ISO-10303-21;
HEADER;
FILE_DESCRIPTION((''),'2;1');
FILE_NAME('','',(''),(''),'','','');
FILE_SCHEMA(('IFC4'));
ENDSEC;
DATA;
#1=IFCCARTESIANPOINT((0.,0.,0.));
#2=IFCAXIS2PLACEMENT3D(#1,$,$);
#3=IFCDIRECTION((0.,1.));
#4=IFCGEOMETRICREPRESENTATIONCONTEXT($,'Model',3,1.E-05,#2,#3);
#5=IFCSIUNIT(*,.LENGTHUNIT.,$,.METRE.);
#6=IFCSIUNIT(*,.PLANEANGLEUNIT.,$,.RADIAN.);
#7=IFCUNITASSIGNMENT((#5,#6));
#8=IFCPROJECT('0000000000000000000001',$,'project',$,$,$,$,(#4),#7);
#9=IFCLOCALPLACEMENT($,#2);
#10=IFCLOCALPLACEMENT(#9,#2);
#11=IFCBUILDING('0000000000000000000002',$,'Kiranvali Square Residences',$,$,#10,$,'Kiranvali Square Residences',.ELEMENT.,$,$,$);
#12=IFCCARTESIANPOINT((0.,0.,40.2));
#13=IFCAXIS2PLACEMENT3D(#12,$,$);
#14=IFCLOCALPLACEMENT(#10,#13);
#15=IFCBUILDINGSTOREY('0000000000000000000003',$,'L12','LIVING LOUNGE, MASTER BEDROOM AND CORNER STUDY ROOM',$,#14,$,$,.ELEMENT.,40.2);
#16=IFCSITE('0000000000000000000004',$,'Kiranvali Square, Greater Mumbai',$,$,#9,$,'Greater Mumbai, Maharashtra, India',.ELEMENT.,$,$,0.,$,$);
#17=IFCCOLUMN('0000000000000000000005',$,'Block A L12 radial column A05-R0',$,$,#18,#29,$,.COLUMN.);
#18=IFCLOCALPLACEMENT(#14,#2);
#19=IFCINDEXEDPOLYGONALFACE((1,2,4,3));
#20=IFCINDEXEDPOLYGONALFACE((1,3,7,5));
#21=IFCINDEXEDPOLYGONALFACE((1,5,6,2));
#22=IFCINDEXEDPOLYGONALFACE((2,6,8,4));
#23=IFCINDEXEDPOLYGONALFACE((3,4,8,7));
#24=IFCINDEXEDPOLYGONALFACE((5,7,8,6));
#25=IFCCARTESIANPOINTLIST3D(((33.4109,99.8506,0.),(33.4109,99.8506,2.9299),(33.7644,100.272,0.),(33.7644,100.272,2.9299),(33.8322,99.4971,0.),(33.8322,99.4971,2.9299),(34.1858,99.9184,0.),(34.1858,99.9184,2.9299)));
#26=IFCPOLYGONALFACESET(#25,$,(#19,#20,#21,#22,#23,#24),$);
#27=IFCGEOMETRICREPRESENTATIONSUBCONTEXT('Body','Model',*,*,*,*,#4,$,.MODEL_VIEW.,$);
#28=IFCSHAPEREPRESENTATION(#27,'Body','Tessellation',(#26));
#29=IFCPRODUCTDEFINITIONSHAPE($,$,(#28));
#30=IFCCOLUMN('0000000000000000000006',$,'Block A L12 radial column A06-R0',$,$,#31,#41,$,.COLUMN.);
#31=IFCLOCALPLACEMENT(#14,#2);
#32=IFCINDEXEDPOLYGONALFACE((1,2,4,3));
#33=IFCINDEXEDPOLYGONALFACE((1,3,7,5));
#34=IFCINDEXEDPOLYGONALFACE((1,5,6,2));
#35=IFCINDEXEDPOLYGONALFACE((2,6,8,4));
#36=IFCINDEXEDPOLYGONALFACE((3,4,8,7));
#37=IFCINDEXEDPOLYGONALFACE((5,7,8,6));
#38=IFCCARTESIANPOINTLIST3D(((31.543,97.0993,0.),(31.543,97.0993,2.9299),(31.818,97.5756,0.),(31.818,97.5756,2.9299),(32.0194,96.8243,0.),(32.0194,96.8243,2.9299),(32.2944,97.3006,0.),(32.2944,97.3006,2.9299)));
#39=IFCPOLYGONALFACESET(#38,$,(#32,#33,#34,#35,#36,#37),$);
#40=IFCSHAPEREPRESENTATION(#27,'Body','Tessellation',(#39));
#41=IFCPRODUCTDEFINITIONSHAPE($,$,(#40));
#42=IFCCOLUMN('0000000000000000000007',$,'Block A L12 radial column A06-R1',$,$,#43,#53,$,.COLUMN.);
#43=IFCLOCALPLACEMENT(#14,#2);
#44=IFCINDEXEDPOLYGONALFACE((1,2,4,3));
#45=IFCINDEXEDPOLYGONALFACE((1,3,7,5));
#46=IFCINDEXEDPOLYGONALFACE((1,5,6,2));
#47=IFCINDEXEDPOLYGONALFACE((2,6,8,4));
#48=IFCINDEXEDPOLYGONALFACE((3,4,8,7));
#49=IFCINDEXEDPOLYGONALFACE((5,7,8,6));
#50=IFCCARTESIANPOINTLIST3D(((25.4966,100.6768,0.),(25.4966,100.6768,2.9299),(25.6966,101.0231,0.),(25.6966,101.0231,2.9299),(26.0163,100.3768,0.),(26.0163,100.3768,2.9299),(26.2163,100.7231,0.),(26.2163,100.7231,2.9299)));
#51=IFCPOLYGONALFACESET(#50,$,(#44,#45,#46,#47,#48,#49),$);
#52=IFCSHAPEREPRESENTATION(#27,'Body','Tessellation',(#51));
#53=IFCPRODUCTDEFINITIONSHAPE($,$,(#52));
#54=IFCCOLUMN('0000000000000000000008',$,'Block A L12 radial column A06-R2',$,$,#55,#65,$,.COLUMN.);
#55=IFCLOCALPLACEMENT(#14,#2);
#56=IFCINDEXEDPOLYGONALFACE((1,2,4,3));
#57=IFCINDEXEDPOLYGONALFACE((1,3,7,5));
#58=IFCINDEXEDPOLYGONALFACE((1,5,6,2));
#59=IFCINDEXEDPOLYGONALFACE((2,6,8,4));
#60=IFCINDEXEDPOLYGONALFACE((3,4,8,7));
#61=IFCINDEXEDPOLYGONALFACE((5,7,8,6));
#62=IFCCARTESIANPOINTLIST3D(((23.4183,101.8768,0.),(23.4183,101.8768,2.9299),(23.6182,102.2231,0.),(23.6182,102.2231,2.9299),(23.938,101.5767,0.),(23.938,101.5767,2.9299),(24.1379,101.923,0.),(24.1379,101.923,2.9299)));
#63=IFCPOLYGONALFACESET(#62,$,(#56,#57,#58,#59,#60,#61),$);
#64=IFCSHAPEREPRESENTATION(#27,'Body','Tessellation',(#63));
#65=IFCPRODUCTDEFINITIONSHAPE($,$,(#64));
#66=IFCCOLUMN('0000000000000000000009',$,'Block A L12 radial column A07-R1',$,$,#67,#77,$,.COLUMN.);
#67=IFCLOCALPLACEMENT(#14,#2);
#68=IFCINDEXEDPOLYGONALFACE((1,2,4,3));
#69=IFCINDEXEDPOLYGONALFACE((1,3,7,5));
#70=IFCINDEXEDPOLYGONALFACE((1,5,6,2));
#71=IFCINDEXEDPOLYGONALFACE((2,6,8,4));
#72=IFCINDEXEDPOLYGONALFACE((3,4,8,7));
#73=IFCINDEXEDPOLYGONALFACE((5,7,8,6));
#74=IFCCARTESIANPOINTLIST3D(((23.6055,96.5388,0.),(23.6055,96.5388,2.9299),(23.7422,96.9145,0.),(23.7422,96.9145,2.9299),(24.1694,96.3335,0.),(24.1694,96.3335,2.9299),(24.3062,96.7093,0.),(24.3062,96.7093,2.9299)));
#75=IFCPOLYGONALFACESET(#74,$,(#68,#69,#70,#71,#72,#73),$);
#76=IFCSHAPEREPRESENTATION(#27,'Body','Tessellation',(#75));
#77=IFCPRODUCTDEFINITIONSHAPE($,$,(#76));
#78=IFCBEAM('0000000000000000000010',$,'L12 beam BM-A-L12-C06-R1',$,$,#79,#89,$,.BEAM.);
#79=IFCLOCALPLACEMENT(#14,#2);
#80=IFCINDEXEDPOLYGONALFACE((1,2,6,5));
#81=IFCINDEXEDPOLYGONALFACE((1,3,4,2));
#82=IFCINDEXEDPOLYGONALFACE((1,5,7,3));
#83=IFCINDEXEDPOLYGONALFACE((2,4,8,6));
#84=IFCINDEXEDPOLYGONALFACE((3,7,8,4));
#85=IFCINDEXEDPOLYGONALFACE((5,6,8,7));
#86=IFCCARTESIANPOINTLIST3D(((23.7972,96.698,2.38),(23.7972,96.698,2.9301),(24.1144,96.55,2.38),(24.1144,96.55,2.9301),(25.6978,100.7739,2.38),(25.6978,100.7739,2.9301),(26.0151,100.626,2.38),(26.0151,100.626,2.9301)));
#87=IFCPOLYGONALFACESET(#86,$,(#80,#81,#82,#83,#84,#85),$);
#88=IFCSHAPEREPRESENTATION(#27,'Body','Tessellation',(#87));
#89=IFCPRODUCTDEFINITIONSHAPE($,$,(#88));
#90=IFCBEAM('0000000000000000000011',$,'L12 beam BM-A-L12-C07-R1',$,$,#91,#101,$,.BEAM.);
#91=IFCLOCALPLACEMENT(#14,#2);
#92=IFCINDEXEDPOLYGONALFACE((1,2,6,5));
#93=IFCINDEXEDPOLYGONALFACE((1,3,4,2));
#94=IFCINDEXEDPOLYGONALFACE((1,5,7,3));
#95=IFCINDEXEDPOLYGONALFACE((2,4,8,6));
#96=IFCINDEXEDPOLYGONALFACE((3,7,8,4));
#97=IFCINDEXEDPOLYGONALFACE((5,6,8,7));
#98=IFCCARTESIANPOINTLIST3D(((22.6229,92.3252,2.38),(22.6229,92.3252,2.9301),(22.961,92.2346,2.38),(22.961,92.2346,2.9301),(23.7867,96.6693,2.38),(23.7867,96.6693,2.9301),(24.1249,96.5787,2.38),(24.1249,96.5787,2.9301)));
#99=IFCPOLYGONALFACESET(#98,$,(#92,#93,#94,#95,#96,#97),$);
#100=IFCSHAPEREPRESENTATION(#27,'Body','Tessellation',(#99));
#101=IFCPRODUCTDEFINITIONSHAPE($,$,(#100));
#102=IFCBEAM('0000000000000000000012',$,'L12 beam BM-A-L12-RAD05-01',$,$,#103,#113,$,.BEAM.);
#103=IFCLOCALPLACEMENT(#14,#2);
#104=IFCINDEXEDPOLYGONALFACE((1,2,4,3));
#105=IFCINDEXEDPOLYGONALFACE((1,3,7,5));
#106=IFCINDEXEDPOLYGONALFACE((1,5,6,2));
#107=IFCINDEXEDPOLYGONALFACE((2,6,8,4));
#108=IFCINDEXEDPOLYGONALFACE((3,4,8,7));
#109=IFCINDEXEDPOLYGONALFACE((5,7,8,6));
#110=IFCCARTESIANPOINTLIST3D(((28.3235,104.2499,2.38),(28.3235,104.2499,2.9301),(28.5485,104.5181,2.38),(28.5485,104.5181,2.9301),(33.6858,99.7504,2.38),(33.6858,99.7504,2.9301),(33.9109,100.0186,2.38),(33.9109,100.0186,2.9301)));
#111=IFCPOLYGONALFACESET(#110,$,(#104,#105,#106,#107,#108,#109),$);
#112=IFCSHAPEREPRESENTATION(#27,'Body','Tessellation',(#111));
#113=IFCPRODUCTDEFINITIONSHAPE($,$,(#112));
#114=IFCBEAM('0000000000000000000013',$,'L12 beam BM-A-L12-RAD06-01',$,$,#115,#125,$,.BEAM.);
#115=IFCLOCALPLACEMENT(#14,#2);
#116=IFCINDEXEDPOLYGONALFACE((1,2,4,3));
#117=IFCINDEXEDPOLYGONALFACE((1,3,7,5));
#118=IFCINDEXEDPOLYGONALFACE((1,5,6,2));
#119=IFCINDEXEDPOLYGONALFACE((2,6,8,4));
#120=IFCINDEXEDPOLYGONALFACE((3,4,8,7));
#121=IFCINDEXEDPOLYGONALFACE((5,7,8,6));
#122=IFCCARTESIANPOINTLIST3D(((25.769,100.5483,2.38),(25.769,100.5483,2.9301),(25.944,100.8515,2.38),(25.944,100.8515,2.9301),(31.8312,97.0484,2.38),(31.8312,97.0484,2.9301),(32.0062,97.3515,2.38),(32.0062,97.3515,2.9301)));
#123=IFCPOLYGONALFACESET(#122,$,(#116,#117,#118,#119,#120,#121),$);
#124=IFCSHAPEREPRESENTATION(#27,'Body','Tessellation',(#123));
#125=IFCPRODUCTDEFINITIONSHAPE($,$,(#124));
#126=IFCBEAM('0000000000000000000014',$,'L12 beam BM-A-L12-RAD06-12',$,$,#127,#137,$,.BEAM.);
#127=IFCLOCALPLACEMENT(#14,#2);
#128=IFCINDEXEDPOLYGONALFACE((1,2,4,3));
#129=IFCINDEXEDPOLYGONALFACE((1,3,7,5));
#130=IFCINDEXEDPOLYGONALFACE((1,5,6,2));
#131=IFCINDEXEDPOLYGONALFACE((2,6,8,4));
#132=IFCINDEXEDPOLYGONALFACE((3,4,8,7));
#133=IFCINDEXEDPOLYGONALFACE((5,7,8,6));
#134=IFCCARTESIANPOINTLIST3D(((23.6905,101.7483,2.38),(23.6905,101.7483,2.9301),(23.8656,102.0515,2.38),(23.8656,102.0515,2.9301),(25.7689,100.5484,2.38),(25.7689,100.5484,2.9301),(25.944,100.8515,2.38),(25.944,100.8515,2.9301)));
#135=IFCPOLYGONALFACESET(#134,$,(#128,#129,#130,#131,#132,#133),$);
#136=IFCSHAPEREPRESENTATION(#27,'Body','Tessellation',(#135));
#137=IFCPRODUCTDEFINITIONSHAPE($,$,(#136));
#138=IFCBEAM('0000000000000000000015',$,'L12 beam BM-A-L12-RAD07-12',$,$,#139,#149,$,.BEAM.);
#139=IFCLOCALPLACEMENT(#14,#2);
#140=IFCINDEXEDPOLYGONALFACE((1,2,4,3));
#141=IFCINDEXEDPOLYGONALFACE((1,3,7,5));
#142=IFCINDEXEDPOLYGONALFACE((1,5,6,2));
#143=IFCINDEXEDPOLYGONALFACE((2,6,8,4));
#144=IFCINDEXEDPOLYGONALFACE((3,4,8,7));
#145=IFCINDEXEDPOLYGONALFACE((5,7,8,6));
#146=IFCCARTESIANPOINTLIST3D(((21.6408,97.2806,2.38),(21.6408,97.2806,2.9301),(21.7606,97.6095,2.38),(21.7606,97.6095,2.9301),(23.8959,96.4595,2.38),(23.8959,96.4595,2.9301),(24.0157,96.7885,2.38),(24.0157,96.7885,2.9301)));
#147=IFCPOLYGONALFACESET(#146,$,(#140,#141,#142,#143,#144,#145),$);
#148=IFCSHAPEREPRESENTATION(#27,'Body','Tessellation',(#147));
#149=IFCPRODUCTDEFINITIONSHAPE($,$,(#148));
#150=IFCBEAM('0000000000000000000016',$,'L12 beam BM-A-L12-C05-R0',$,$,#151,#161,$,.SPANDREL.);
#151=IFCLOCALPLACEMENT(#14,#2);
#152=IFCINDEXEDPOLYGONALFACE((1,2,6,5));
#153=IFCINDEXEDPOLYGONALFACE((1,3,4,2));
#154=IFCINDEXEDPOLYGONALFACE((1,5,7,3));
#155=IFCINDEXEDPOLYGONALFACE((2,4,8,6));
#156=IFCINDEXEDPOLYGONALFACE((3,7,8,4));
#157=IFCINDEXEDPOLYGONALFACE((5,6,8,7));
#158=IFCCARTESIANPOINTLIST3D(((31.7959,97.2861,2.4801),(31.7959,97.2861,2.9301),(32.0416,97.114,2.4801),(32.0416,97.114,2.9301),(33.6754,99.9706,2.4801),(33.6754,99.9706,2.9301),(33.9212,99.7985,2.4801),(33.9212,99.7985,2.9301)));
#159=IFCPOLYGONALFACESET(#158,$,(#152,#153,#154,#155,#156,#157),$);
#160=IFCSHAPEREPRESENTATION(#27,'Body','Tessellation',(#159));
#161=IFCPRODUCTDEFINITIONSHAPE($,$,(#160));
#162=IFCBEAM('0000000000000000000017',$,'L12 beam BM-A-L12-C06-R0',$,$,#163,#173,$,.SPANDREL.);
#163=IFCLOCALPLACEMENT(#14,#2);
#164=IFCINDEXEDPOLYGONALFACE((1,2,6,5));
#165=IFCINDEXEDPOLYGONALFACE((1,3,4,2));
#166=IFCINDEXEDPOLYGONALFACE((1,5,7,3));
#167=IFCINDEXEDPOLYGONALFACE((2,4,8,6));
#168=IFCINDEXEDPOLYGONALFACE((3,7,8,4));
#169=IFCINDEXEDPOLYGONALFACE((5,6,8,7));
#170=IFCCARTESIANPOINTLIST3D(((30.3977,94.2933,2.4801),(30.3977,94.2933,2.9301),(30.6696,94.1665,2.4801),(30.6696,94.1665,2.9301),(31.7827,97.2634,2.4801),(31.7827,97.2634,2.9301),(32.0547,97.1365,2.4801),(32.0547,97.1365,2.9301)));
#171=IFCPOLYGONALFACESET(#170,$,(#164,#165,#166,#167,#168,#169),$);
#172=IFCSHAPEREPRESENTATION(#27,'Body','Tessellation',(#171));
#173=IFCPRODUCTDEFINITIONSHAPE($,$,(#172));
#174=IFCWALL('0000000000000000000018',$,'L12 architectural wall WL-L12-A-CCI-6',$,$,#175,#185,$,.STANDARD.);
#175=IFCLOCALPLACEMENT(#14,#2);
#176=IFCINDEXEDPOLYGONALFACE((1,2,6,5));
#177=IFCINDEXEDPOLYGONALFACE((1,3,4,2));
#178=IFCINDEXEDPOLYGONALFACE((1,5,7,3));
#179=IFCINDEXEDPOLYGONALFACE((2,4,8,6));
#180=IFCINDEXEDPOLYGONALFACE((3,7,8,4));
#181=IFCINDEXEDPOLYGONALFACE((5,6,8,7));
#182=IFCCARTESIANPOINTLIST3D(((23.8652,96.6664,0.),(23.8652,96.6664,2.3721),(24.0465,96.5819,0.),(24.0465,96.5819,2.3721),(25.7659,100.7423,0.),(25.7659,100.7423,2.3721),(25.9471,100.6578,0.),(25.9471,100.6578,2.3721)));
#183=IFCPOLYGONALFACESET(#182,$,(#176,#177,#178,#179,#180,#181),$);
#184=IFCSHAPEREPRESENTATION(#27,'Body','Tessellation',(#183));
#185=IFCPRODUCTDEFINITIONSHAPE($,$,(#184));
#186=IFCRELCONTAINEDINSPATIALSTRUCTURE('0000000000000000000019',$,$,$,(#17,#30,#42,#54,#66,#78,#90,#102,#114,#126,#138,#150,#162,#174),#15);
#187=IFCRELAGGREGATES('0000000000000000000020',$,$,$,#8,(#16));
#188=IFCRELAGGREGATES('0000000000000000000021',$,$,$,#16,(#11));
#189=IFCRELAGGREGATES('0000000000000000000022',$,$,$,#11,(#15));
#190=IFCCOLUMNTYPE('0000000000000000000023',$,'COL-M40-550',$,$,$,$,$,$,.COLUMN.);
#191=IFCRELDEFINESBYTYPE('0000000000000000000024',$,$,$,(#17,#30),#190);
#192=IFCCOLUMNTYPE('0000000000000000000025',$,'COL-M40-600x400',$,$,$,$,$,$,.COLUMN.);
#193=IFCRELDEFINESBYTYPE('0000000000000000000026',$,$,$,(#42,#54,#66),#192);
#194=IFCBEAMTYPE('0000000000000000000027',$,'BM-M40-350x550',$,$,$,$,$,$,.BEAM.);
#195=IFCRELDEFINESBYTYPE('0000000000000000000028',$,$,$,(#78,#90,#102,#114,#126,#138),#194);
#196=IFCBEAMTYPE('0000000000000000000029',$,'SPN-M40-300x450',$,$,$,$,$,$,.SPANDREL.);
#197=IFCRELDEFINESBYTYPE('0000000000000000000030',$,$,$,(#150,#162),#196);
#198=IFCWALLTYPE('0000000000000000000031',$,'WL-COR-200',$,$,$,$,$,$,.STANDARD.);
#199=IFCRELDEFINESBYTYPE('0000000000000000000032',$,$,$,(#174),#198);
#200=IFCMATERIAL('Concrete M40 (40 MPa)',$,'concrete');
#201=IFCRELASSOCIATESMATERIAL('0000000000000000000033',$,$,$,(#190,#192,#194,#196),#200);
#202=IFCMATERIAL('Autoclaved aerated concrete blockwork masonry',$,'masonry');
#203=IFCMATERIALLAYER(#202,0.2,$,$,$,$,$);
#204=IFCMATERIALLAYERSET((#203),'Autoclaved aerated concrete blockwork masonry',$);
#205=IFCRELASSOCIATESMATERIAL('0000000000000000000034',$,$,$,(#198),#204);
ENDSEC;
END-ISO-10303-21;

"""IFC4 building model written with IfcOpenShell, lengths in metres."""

from ifc_helpers import new_model, si_unit, direction, frame, frame_2d, origin, origin_2d, place, context, subcontext, project, spatial, rectangle, extrude, material, layer, layer_set, material_profile, profile_set, type_object, element, save


model = new_model("IFC4")

# Units and contexts
model_context = context("Model", 3, precision=1e-05, world=origin(), true_north=direction((0.0, 1.0)))
body_context = subcontext(model_context, "Body", "Model", "MODEL_VIEW")
ifc_project = project(units=[si_unit("LENGTHUNIT", "METRE"), si_unit("PLANEANGLEUNIT", "RADIAN")], contexts=[model_context])

# Site, building, storey
site_placement = place(None, origin())
site = spatial("IfcSite", under=ifc_project, at=site_placement, Name="Kiranvali Square, Greater Mumbai", LongName="Greater Mumbai, Maharashtra, India", CompositionType="ELEMENT", RefElevation=0.0)
building_placement = place(site_placement, origin())
building = spatial("IfcBuilding", under=site, at=building_placement, Name="Kiranvali Square Residences", LongName="Kiranvali Square Residences", CompositionType="ELEMENT")
storey_placement = place(building_placement, frame((0.0, 0.0, 40.2)))
storey = spatial("IfcBuildingStorey", under=building, at=storey_placement, Name="L12", Description="LIVING LOUNGE, MASTER BEDROOM AND CORNER STUDY ROOM", CompositionType="ELEMENT", Elevation=40.2)

# Columns
ifc_material_1 = material(Name="Concrete M40 (40 MPa)", Category="concrete")
ifc_material_profile_1 = material_profile(ifc_material_1, rectangle(XDim=0.55, YDim=0.55, at=origin_2d()), Name="RC 550x550")
ifc_profile_set_1 = profile_set([ifc_material_profile_1], Name="Concrete M40 (40 MPa)")
column_type_1 = type_object("IfcColumnType", Name="COL-M40-550", PredefinedType="COLUMN", material=ifc_profile_set_1)
for number, where, z_axis, x_axis, name in (
    (1, (33.7983, 99.8845, 0.0), (0.0, 0.0, 1.0), (0.642788, 0.766044, 0.0), "Block A L12 radial column A05-R0"),
    (2, (31.9187, 97.2, 0.0), (0.0, 0.0, 1.0), (0.5, 0.866025, 0.0), "Block A L12 radial column A06-R0"),
):
    element("IfcColumn", number, at=place(storey_placement, frame(where, z_axis=z_axis, x_axis=x_axis)), inside=storey, type_object=column_type_1, Name=name, PredefinedType="COLUMN", context=body_context, shape_type="SweptSolid", body=[
        extrude(rectangle(XDim=0.55, YDim=0.55, at=origin_2d()), origin(), (0.0, 0.0, 1.0), 2.9299),
    ])
ifc_material_profile_2 = material_profile(ifc_material_1, rectangle(XDim=0.3999, YDim=0.6001, at=origin_2d()), Name="RC 600x400")
ifc_profile_set_2 = profile_set([ifc_material_profile_2], Name="Concrete M40 (40 MPa)")
column_type_2 = type_object("IfcColumnType", Name="COL-M40-600x400", PredefinedType="COLUMN", material=ifc_profile_set_2)
for number, where, z_axis, x_axis, name in (
    (3, (25.8564, 100.7, 0.0), (0.0, 0.0, 1.0), (0.5, 0.866025, 0.0), "Block A L12 radial column A06-R1"),
    (4, (23.7781, 101.8999, 0.0), (0.0, 0.0, 1.0), (0.5, 0.866025, 0.0), "Block A L12 radial column A06-R2"),
    (5, (23.9558, 96.624, 0.0), (0.0, 0.0, 1.0), (0.34202, 0.939693, 0.0), "Block A L12 radial column A07-R1"),
):
    element("IfcColumn", number, at=place(storey_placement, frame(where, z_axis=z_axis, x_axis=x_axis)), inside=storey, type_object=column_type_2, Name=name, PredefinedType="COLUMN", context=body_context, shape_type="SweptSolid", body=[
        extrude(rectangle(XDim=0.3999, YDim=0.6001, at=origin_2d()), origin(), (0.0, 0.0, 1.0), 2.9299),
    ])

# Beams
ifc_material_profile_3 = material_profile(ifc_material_1, rectangle(XDim=0.3501, YDim=0.55, at=origin_2d()), Name="RC 350x550")
ifc_profile_set_3 = profile_set([ifc_material_profile_3], Name="Concrete M40 (40 MPa)")
beam_type_1 = type_object("IfcBeamType", Name="BM-M40-350x550", PredefinedType="BEAM", material=ifc_profile_set_3)
for number, where, z_axis, x_axis, name in (
    (6, (25.8564, 100.7, 2.655), (-0.422618, -0.906308, 0.0), (0.906308, -0.422618, 0.0), "L12 beam BM-A-L12-C06-R1"),
    (7, (23.9558, 96.624, 2.655), (-0.258788, -0.965934, 0.0), (0.965934, -0.258788, 0.0), "L12 beam BM-A-L12-C07-R1"),
):
    element("IfcBeam", number, at=place(storey_placement, frame(where, z_axis=z_axis, x_axis=x_axis)), inside=storey, type_object=beam_type_1, Name=name, PredefinedType="BEAM", context=body_context, shape_type="SweptSolid", body=[
        extrude(rectangle(XDim=0.3501, YDim=0.55, at=origin_2d()), origin(), (0.0, 0.0, 1.0), 4.4973),
    ])
for number, where, z_axis, x_axis, name in (
    (8, (33.7983, 99.8845, 2.655), (-0.766044, 0.642788, 0.0), (-0.642788, -0.766044, 0.0), "L12 beam BM-A-L12-RAD05-01"),
    (9, (31.9187, 97.2, 2.655), (-0.866028, 0.499995, 0.0), (-0.499995, -0.866028, 0.0), "L12 beam BM-A-L12-RAD06-01"),
):
    element("IfcBeam", number, at=place(storey_placement, frame(where, z_axis=z_axis, x_axis=x_axis)), inside=storey, type_object=beam_type_1, Name=name, PredefinedType="BEAM", context=body_context, shape_type="SweptSolid", body=[
        extrude(rectangle(XDim=0.3501, YDim=0.55, at=origin_2d()), origin(), (0.0, 0.0, 1.0), 7.0),
    ])
for number, where, z_axis, x_axis, name in (
    (10, (25.8564, 100.7, 2.655), (-0.866025, 0.500001, 0.0), (-0.500001, -0.866025, 0.0), "L12 beam BM-A-L12-RAD06-12"),
    (11, (23.9558, 96.624, 2.655), (-0.93966, 0.342111, 0.0), (-0.342111, -0.93966, 0.0), "L12 beam BM-A-L12-RAD07-12"),
):
    element("IfcBeam", number, at=place(storey_placement, frame(where, z_axis=z_axis, x_axis=x_axis)), inside=storey, type_object=beam_type_1, Name=name, PredefinedType="BEAM", context=body_context, shape_type="SweptSolid", body=[
        extrude(rectangle(XDim=0.3501, YDim=0.55, at=origin_2d()), origin(), (0.0, 0.0, 1.0), 2.3999),
    ])
ifc_material_profile_4 = material_profile(ifc_material_1, rectangle(XDim=0.3, YDim=0.45, at=origin_2d()), Name="RC 300x450")
ifc_profile_set_4 = profile_set([ifc_material_profile_4], Name="Concrete M40 (40 MPa)")
beam_type_2 = type_object("IfcBeamType", Name="SPN-M40-300x450", PredefinedType="SPANDREL", material=ifc_profile_set_4)
for number, where, z_axis, x_axis, name in (
    (12, (33.7983, 99.8845, 2.7051), (-0.573552, -0.819169, 0.0), (0.819169, -0.573552, 0.0), "L12 beam BM-A-L12-C05-R0"),
    (13, (31.9187, 97.2, 2.7051), (-0.422641, -0.906297, 0.0), (0.906297, -0.422641, 0.0), "L12 beam BM-A-L12-C06-R0"),
):
    element("IfcBeam", number, at=place(storey_placement, frame(where, z_axis=z_axis, x_axis=x_axis)), inside=storey, type_object=beam_type_2, Name=name, PredefinedType="SPANDREL", context=body_context, shape_type="SweptSolid", body=[
        extrude(rectangle(XDim=0.3, YDim=0.45, at=origin_2d()), origin(), (0.0, 0.0, 1.0), 3.2771),
    ])

# Wall
ifc_material_2 = material(Name="Autoclaved aerated concrete blockwork masonry", Category="masonry")
ifc_layer_1 = layer(ifc_material_2, 0.2)
ifc_layer_set_1 = layer_set([ifc_layer_1], Name="Autoclaved aerated concrete blockwork masonry")
wall_type_1 = type_object("IfcWallType", Name="WL-COR-200", PredefinedType="STANDARD", material=ifc_layer_set_1)
wall_1_placement = place(storey_placement, frame((25.8564, 100.7, 0.0), z_axis=(0.0, 0.0, 1.0), x_axis=(-0.422618, -0.906308, 0.0)))
element("IfcWall", 14, at=wall_1_placement, inside=storey, type_object=wall_type_1, Name="L12 architectural wall WL-L12-A-CCI-6", PredefinedType="STANDARD", context=body_context, shape_type="SweptSolid", body=[
    extrude(rectangle(XDim=4.4973, YDim=0.2, at=frame_2d((2.2485, 0.0))), origin(), (0.0, 0.0, 1.0), 2.3721),
])

save(model, "model.ifc")
